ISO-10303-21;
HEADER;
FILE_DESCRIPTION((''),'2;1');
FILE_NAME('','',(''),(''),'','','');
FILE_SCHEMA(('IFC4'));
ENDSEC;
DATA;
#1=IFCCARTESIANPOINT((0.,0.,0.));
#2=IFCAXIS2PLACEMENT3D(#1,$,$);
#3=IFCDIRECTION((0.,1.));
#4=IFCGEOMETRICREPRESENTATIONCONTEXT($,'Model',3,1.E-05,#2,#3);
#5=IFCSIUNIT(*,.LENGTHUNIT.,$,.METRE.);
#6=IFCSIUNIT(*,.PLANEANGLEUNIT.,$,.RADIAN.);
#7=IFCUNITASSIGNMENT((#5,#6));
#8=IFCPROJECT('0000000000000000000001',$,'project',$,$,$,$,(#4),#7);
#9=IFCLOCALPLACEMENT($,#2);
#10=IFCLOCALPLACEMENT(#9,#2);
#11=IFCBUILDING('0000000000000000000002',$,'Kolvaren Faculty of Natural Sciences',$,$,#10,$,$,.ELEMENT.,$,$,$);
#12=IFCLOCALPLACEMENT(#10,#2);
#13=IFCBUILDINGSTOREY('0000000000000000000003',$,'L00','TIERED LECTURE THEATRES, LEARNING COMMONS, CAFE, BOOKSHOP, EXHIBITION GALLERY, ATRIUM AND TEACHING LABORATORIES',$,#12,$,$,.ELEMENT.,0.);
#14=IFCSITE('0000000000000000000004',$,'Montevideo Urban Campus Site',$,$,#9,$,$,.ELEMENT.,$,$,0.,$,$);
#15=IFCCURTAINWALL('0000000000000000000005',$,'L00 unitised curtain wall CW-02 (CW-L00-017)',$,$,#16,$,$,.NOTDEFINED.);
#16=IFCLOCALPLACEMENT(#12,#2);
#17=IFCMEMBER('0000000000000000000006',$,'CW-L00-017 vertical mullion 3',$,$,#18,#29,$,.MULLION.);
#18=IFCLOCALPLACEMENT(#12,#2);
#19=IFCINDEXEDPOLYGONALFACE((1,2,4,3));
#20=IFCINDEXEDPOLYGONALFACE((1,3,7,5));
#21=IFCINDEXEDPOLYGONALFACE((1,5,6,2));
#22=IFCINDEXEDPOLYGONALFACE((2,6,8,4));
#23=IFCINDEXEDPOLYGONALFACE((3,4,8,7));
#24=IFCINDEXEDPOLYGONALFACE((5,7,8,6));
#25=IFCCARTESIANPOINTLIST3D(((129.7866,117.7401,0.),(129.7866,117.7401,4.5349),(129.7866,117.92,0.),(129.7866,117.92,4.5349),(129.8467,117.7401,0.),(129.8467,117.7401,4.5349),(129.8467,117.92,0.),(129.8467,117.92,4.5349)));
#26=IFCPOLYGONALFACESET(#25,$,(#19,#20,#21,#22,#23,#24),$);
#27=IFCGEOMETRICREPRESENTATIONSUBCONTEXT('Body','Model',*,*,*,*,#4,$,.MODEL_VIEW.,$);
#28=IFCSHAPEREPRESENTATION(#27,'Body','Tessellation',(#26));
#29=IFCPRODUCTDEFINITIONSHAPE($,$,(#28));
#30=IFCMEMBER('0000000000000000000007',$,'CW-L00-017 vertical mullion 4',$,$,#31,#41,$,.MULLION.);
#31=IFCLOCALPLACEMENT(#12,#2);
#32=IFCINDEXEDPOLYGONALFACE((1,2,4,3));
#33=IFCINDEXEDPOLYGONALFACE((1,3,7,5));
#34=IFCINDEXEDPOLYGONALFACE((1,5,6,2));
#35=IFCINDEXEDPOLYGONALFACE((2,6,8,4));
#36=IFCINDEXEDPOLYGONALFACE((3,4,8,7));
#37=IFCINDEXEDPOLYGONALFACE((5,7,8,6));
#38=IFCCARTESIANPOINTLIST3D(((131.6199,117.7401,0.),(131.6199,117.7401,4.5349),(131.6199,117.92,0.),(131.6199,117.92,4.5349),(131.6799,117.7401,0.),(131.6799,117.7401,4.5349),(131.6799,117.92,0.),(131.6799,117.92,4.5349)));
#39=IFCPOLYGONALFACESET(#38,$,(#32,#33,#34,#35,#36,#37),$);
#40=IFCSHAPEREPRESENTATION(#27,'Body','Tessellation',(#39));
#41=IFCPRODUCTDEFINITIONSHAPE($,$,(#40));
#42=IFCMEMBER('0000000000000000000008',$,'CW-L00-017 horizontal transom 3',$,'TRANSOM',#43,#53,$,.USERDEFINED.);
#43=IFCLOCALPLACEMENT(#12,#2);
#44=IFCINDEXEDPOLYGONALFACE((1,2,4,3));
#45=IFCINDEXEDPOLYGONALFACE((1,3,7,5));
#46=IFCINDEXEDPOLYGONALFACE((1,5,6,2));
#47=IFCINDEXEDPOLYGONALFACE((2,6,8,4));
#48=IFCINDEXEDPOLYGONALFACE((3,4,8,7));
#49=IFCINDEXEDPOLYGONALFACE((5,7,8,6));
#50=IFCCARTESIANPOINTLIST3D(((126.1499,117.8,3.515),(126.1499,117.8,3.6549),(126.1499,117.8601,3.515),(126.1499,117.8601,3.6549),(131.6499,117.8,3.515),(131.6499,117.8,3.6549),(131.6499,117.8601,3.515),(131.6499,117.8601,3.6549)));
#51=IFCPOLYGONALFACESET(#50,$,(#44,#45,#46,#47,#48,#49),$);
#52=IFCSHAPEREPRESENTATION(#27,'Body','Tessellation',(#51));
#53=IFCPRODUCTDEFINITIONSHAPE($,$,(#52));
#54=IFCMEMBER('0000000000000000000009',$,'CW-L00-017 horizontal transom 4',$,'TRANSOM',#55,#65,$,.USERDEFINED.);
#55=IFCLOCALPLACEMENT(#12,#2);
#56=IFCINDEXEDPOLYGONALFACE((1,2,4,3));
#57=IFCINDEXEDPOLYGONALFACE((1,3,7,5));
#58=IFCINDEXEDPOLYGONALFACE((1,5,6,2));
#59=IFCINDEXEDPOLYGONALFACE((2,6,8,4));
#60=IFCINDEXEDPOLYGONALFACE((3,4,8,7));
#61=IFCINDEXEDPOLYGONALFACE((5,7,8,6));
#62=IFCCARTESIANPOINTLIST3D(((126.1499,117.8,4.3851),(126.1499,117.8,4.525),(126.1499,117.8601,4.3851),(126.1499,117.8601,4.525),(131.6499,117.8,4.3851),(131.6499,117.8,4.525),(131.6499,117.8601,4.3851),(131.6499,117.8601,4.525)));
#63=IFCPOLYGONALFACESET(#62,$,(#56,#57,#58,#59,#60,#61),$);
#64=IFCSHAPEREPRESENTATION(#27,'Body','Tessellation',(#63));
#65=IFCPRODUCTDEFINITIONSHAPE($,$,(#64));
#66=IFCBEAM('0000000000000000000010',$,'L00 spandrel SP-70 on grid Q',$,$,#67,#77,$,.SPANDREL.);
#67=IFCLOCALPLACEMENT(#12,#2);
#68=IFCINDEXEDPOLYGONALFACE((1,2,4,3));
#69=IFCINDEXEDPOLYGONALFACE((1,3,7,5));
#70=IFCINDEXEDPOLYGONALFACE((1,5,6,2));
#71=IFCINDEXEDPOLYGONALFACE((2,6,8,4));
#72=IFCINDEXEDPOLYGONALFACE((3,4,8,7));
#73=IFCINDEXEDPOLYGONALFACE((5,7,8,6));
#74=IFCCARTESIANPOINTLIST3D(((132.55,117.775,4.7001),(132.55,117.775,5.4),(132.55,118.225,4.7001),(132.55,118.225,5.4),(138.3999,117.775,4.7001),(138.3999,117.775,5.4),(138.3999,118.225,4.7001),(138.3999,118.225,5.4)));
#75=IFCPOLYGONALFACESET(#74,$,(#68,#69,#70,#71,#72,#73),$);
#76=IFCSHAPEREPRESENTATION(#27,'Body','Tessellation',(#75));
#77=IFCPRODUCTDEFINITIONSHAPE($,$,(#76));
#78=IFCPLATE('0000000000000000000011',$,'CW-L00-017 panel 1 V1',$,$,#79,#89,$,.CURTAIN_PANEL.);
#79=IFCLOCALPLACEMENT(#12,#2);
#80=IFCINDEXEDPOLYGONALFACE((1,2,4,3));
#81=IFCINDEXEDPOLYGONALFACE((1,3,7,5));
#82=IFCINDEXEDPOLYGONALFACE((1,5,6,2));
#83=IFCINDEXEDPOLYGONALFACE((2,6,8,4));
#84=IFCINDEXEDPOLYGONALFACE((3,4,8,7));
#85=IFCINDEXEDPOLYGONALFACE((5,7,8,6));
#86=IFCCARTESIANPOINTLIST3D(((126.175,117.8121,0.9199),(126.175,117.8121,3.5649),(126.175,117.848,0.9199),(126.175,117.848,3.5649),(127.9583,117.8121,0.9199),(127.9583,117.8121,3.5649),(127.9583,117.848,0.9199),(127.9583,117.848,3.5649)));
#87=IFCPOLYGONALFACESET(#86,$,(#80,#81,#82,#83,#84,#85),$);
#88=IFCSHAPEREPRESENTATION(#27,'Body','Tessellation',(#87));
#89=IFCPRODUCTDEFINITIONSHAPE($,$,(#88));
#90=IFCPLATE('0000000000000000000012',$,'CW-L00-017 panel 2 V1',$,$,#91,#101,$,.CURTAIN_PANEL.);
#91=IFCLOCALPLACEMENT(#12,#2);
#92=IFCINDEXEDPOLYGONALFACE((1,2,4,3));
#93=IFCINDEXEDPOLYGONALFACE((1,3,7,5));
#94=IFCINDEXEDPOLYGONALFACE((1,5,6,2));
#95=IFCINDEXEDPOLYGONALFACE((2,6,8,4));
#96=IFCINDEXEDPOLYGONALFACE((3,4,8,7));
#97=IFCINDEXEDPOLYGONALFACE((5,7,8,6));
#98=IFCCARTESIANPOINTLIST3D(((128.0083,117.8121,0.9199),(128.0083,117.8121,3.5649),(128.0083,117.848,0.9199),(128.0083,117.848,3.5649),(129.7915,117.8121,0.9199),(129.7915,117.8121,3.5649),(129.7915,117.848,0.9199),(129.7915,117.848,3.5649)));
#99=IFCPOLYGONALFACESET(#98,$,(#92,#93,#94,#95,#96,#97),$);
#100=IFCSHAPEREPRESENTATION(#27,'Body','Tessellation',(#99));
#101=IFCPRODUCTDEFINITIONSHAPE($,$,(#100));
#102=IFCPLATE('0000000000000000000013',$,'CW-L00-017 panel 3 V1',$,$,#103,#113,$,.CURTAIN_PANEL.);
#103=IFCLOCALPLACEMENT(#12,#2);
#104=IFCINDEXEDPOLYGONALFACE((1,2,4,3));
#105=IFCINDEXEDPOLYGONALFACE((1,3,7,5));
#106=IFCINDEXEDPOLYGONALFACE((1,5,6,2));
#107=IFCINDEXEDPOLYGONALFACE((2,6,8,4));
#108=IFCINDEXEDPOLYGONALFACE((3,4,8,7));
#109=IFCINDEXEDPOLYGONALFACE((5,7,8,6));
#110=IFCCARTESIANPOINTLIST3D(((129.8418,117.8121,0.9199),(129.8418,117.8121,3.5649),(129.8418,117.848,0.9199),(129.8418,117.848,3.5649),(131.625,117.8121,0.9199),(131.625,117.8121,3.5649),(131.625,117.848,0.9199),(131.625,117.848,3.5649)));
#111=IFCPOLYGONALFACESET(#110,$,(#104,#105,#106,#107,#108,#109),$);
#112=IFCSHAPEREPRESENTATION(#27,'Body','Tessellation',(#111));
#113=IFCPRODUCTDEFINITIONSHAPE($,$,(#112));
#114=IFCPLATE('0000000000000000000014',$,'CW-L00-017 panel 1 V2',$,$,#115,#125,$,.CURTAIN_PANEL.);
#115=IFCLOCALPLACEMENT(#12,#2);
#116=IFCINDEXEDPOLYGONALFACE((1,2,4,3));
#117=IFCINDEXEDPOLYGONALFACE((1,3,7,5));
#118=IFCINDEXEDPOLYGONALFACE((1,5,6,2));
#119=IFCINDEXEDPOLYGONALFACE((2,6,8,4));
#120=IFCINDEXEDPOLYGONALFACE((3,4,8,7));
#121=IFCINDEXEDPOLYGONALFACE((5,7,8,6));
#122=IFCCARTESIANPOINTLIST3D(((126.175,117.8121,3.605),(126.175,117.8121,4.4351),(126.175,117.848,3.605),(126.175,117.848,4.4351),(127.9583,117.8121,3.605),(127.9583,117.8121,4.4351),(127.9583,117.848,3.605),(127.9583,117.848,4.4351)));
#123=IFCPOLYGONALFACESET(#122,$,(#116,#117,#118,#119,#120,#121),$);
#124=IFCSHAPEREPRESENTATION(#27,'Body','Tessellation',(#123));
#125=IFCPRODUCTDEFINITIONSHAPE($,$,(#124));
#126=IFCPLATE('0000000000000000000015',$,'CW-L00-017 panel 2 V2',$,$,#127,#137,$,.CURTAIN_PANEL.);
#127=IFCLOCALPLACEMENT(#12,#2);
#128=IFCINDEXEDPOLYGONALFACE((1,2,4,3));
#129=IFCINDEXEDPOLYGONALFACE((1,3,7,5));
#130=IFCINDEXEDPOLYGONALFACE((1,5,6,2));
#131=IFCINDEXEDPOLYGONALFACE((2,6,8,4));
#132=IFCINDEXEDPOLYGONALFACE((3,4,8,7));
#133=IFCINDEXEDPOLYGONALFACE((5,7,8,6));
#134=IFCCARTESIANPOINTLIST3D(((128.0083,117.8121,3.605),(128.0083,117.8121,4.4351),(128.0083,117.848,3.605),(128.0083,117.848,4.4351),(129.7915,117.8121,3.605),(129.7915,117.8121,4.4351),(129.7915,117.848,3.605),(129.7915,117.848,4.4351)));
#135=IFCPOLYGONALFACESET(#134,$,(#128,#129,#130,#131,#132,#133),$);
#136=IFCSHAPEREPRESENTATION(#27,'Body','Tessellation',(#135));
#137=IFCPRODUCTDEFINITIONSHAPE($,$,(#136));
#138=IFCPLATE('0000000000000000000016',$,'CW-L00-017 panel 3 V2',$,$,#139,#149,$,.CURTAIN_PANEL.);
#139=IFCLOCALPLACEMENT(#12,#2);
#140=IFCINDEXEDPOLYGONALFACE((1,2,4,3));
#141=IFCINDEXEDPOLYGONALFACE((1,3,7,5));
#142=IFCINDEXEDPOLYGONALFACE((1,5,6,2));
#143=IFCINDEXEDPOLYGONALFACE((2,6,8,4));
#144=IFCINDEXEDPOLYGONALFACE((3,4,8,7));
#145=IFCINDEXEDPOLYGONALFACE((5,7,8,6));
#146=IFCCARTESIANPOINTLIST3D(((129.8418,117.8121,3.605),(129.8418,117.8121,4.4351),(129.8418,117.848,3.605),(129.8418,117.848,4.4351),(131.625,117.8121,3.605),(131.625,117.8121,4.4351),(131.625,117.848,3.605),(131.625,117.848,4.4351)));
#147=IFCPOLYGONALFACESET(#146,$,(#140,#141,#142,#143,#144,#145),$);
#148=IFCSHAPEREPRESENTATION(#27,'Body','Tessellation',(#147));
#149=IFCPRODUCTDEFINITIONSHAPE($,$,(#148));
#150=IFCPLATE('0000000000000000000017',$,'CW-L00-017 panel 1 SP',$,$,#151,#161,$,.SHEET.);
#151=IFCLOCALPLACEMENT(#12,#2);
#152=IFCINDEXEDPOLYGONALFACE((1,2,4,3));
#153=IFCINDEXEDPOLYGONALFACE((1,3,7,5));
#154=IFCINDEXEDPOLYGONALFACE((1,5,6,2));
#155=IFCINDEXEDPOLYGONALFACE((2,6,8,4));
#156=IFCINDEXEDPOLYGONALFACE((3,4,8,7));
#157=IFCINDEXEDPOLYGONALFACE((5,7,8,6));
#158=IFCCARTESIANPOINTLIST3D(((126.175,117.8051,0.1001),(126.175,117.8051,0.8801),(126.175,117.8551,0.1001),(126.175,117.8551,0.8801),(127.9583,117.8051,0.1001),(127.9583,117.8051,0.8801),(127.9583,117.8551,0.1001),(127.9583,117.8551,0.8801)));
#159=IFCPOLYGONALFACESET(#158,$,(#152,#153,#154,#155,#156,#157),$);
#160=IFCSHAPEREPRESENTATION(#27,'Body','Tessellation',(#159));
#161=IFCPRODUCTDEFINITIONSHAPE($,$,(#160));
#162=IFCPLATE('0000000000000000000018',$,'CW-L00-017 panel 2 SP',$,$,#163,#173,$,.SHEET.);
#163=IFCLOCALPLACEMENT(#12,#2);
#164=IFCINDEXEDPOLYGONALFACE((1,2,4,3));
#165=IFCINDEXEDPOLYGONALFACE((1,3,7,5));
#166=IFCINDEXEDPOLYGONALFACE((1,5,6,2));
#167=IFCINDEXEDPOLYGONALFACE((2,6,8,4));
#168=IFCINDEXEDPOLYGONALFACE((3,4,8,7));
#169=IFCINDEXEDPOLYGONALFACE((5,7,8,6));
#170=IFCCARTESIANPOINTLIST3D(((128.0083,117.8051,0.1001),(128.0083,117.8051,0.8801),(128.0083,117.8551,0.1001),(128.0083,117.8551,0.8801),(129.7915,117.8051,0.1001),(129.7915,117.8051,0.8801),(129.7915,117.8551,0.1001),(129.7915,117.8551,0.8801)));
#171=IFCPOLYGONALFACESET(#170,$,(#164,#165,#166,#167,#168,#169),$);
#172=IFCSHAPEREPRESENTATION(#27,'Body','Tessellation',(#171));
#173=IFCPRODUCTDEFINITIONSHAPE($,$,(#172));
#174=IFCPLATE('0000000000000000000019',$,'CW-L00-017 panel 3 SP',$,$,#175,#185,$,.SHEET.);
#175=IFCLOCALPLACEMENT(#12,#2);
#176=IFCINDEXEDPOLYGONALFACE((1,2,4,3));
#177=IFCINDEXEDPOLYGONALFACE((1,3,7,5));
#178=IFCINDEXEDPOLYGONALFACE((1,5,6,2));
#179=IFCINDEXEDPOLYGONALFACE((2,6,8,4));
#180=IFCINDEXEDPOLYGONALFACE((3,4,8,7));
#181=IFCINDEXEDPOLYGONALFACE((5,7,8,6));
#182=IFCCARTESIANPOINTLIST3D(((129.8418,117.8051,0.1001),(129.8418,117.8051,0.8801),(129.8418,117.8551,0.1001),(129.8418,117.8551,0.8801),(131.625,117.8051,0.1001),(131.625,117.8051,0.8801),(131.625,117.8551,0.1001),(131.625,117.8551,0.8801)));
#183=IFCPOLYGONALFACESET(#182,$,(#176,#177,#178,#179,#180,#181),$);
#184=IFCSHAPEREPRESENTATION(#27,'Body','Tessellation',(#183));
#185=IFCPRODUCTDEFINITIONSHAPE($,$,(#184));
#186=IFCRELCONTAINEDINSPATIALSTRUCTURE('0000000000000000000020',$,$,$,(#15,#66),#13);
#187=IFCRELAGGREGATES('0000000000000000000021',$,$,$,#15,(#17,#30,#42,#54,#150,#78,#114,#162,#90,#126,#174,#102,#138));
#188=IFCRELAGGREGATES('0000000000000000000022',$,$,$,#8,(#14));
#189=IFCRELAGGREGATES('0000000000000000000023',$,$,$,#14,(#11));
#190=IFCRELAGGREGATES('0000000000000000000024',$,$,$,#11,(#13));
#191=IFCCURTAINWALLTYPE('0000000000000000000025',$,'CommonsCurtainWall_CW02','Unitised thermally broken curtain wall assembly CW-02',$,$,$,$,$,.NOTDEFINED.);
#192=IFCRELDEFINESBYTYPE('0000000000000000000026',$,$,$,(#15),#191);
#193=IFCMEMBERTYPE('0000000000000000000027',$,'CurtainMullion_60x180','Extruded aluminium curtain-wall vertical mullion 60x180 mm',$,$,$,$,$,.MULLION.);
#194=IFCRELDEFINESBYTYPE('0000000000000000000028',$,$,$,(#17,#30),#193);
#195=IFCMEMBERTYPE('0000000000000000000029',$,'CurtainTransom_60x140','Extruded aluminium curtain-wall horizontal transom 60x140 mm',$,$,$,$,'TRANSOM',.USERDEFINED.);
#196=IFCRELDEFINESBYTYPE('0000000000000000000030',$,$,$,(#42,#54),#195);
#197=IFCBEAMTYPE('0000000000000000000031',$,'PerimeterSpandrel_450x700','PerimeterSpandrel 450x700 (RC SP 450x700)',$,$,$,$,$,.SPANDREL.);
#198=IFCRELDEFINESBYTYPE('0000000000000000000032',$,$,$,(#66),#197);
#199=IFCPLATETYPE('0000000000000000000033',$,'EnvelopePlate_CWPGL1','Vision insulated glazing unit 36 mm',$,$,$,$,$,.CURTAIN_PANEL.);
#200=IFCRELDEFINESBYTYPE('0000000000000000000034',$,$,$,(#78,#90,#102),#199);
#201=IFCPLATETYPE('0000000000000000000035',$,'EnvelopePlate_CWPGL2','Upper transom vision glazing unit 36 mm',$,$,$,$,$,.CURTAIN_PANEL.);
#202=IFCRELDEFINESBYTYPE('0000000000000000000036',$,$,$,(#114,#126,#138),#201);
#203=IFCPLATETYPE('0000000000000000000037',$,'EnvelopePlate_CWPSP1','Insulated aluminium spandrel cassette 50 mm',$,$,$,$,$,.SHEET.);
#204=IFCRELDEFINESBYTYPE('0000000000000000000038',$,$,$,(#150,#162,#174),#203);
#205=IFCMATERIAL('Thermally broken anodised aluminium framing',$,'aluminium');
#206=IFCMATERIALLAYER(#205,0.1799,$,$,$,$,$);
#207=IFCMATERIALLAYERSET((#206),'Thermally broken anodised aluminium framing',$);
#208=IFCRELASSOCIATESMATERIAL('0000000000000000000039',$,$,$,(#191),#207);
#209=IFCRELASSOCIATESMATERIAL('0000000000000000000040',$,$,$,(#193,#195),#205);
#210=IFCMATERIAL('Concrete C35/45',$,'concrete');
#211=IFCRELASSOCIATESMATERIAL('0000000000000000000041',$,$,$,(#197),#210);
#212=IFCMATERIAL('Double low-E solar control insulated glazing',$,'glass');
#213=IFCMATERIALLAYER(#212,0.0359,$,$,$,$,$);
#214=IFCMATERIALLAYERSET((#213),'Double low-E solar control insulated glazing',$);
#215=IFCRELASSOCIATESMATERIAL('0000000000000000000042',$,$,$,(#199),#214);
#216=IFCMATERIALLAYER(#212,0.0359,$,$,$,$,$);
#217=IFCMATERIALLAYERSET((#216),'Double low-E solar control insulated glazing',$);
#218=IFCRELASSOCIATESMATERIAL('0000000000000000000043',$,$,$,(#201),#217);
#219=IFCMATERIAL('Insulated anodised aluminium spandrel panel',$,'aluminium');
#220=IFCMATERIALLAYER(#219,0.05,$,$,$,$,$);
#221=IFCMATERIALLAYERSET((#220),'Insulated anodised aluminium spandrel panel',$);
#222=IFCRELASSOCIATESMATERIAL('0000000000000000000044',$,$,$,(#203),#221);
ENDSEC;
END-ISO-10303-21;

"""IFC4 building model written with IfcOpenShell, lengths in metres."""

from ifc_helpers import new_model, si_unit, direction, frame, origin, origin_2d, place, context, subcontext, project, spatial, rectangle, extrude, material, layer, layer_set, material_profile, profile_set, type_object, element, aggregate, save


model = new_model("IFC4")

# Units and contexts
model_context = context("Model", 3, precision=1e-05, world=origin(), true_north=direction((0.0, 1.0)))
body_context = subcontext(model_context, "Body", "Model", "MODEL_VIEW")
ifc_project = project(units=[si_unit("LENGTHUNIT", "METRE"), si_unit("PLANEANGLEUNIT", "RADIAN")], contexts=[model_context])

# Site, building, storey
site_placement = place(None, origin())
site = spatial("IfcSite", under=ifc_project, at=site_placement, Name="Montevideo Urban Campus Site", CompositionType="ELEMENT", RefElevation=0.0)
building_placement = place(site_placement, origin())
building = spatial("IfcBuilding", under=site, at=building_placement, Name="Kolvaren Faculty of Natural Sciences", CompositionType="ELEMENT")
storey_placement = place(building_placement, origin())
storey = spatial("IfcBuildingStorey", under=building, at=storey_placement, Name="L00", Description="TIERED LECTURE THEATRES, LEARNING COMMONS, CAFE, BOOKSHOP, EXHIBITION GALLERY, ATRIUM AND TEACHING LABORATORIES", CompositionType="ELEMENT", Elevation=0.0)

# Shared definitions
ifc_material_1 = material(Name="Concrete C35/45", Category="concrete")

# Curtain wall, members
ifc_material_2 = material(Name="Thermally broken anodised aluminium framing", Category="aluminium")
ifc_layer_1 = layer(ifc_material_2, 0.1799)
ifc_layer_set_1 = layer_set([ifc_layer_1], Name="Thermally broken anodised aluminium framing")
curtain_wall_type = type_object("IfcCurtainWallType", Name="CommonsCurtainWall_CW02", Description="Unitised thermally broken curtain wall assembly CW-02", PredefinedType="NOTDEFINED", material=ifc_layer_set_1)
curtain_wall_placement = place(storey_placement, origin())
curtain_wall = element("IfcCurtainWall", 1, at=curtain_wall_placement, inside=storey, type_object=curtain_wall_type, Name="L00 unitised curtain wall CW-02 (CW-L00-017)", PredefinedType="NOTDEFINED")
ifc_material_profile_1 = material_profile(ifc_material_2, rectangle(XDim=0.0601, YDim=0.1799, at=origin_2d()), Name="ALU MUL 60x180")
ifc_profile_set_1 = profile_set([ifc_material_profile_1], Name="Thermally broken anodised aluminium framing")
member_type_1 = type_object("IfcMemberType", Name="CurtainMullion_60x180", Description="Extruded aluminium curtain-wall vertical mullion 60x180 mm", PredefinedType="MULLION", material=ifc_profile_set_1)
member_1_placement = place(storey_placement, frame((129.8167, 117.8301, 0.0), z_axis=(0.0, 0.0, 1.0), x_axis=(1.0, 0.0, 0.0)))
member_1 = element("IfcMember", 2, at=member_1_placement, type_object=member_type_1, Name="CW-L00-017 vertical mullion 3", PredefinedType="MULLION", context=body_context, shape_type="SweptSolid", body=[
    extrude(rectangle(XDim=0.0601, YDim=0.1799, at=origin_2d()), origin(), (0.0, 0.0, 1.0), 4.5349),
])
member_2_placement = place(storey_placement, frame((131.6499, 117.8301, 0.0), z_axis=(0.0, 0.0, 1.0), x_axis=(1.0, 0.0, 0.0)))
member_2 = element("IfcMember", 3, at=member_2_placement, type_object=member_type_1, Name="CW-L00-017 vertical mullion 4", PredefinedType="MULLION", context=body_context, shape_type="SweptSolid", body=[
    extrude(rectangle(XDim=0.0601, YDim=0.1799, at=origin_2d()), origin(), (0.0, 0.0, 1.0), 4.5349),
])
ifc_material_profile_2 = material_profile(ifc_material_2, rectangle(XDim=0.0601, YDim=0.1399, at=origin_2d()), Name="ALU TRN 60x140")
ifc_profile_set_2 = profile_set([ifc_material_profile_2], Name="Thermally broken anodised aluminium framing")
member_type_2 = type_object("IfcMemberType", Name="CurtainTransom_60x140", Description="Extruded aluminium curtain-wall horizontal transom 60x140 mm", ElementType="TRANSOM", PredefinedType="USERDEFINED", material=ifc_profile_set_2)
member_3_placement = place(storey_placement, frame((126.1499, 117.8301, 3.585), z_axis=(1.0, 0.0, 0.0), x_axis=(0.0, 1.0, 0.0)))
member_3 = element("IfcMember", 4, at=member_3_placement, type_object=member_type_2, Name="CW-L00-017 horizontal transom 3", ObjectType="TRANSOM", PredefinedType="USERDEFINED", context=body_context, shape_type="SweptSolid", body=[
    extrude(rectangle(XDim=0.0601, YDim=0.1399, at=origin_2d()), origin(), (0.0, 0.0, 1.0), 5.5),
])
member_4_placement = place(storey_placement, frame((126.1499, 117.8301, 4.4551), z_axis=(1.0, 0.0, 0.0), x_axis=(0.0, 1.0, 0.0)))
member_4 = element("IfcMember", 5, at=member_4_placement, type_object=member_type_2, Name="CW-L00-017 horizontal transom 4", ObjectType="TRANSOM", PredefinedType="USERDEFINED", context=body_context, shape_type="SweptSolid", body=[
    extrude(rectangle(XDim=0.0601, YDim=0.1399, at=origin_2d()), origin(), (0.0, 0.0, 1.0), 5.5),
])

# Beam
ifc_material_profile_3 = material_profile(ifc_material_1, rectangle(XDim=0.45, YDim=0.7, at=origin_2d()), Name="RC SP 450x700")
ifc_profile_set_3 = profile_set([ifc_material_profile_3], Name="Concrete C35/45")
beam_type = type_object("IfcBeamType", Name="PerimeterSpandrel_450x700", Description="PerimeterSpandrel 450x700 (RC SP 450x700)", PredefinedType="SPANDREL", material=ifc_profile_set_3)
beam_placement = place(storey_placement, frame((132.55, 118.0, 5.05), z_axis=(1.0, 0.0, 0.0), x_axis=(0.0, 1.0, 0.0)))
element("IfcBeam", 6, at=beam_placement, inside=storey, type_object=beam_type, Name="L00 spandrel SP-70 on grid Q", PredefinedType="SPANDREL", context=body_context, shape_type="SweptSolid", body=[
    extrude(rectangle(XDim=0.45, YDim=0.7, at=origin_2d()), origin(), (0.0, 0.0, 1.0), 5.8499),
])

# Plates
ifc_material_3 = material(Name="Double low-E solar control insulated glazing", Category="glass")
ifc_layer_2 = layer(ifc_material_3, 0.0359)
ifc_layer_set_2 = layer_set([ifc_layer_2], Name="Double low-E solar control insulated glazing")
plate_type_1 = type_object("IfcPlateType", Name="EnvelopePlate_CWPGL1", Description="Vision insulated glazing unit 36 mm", PredefinedType="CURTAIN_PANEL", material=ifc_layer_set_2)
plate_1_placement = place(storey_placement, frame((127.0667, 117.8301, 0.9199), z_axis=(0.0, 0.0, 1.0), x_axis=(1.0, 0.0, 0.0)))
plate_1 = element("IfcPlate", 7, at=plate_1_placement, type_object=plate_type_1, Name="CW-L00-017 panel 1 V1", PredefinedType="CURTAIN_PANEL", context=body_context, shape_type="SweptSolid", body=[
    extrude(rectangle(XDim=1.7832, YDim=0.0359, at=origin_2d()), origin(), (0.0, 0.0, 1.0), 2.645),
])
plate_2_placement = place(storey_placement, frame((128.8999, 117.8301, 0.9199), z_axis=(0.0, 0.0, 1.0), x_axis=(1.0, 0.0, 0.0)))
plate_2 = element("IfcPlate", 8, at=plate_2_placement, type_object=plate_type_1, Name="CW-L00-017 panel 2 V1", PredefinedType="CURTAIN_PANEL", context=body_context, shape_type="SweptSolid", body=[
    extrude(rectangle(XDim=1.7832, YDim=0.0359, at=origin_2d()), origin(), (0.0, 0.0, 1.0), 2.645),
])
plate_3_placement = place(storey_placement, frame((130.7334, 117.8301, 0.9199), z_axis=(0.0, 0.0, 1.0), x_axis=(1.0, 0.0, 0.0)))
plate_3 = element("IfcPlate", 9, at=plate_3_placement, type_object=plate_type_1, Name="CW-L00-017 panel 3 V1", PredefinedType="CURTAIN_PANEL", context=body_context, shape_type="SweptSolid", body=[
    extrude(rectangle(XDim=1.7832, YDim=0.0359, at=origin_2d()), origin(), (0.0, 0.0, 1.0), 2.645),
])
ifc_layer_3 = layer(ifc_material_3, 0.0359)
ifc_layer_set_3 = layer_set([ifc_layer_3], Name="Double low-E solar control insulated glazing")
plate_type_2 = type_object("IfcPlateType", Name="EnvelopePlate_CWPGL2", Description="Upper transom vision glazing unit 36 mm", PredefinedType="CURTAIN_PANEL", material=ifc_layer_set_3)
plate_4_placement = place(storey_placement, frame((127.0667, 117.8301, 3.605), z_axis=(0.0, 0.0, 1.0), x_axis=(1.0, 0.0, 0.0)))
plate_4 = element("IfcPlate", 10, at=plate_4_placement, type_object=plate_type_2, Name="CW-L00-017 panel 1 V2", PredefinedType="CURTAIN_PANEL", context=body_context, shape_type="SweptSolid", body=[
    extrude(rectangle(XDim=1.7832, YDim=0.0359, at=origin_2d()), origin(), (0.0, 0.0, 1.0), 0.8301),
])
plate_5_placement = place(storey_placement, frame((128.8999, 117.8301, 3.605), z_axis=(0.0, 0.0, 1.0), x_axis=(1.0, 0.0, 0.0)))
plate_5 = element("IfcPlate", 11, at=plate_5_placement, type_object=plate_type_2, Name="CW-L00-017 panel 2 V2", PredefinedType="CURTAIN_PANEL", context=body_context, shape_type="SweptSolid", body=[
    extrude(rectangle(XDim=1.7832, YDim=0.0359, at=origin_2d()), origin(), (0.0, 0.0, 1.0), 0.8301),
])
plate_6_placement = place(storey_placement, frame((130.7334, 117.8301, 3.605), z_axis=(0.0, 0.0, 1.0), x_axis=(1.0, 0.0, 0.0)))
plate_6 = element("IfcPlate", 12, at=plate_6_placement, type_object=plate_type_2, Name="CW-L00-017 panel 3 V2", PredefinedType="CURTAIN_PANEL", context=body_context, shape_type="SweptSolid", body=[
    extrude(rectangle(XDim=1.7832, YDim=0.0359, at=origin_2d()), origin(), (0.0, 0.0, 1.0), 0.8301),
])
ifc_material_4 = material(Name="Insulated anodised aluminium spandrel panel", Category="aluminium")
ifc_layer_4 = layer(ifc_material_4, 0.05)
ifc_layer_set_4 = layer_set([ifc_layer_4], Name="Insulated anodised aluminium spandrel panel")
plate_type_3 = type_object("IfcPlateType", Name="EnvelopePlate_CWPSP1", Description="Insulated aluminium spandrel cassette 50 mm", PredefinedType="SHEET", material=ifc_layer_set_4)
plate_7_placement = place(storey_placement, frame((127.0667, 117.8301, 0.1001), z_axis=(0.0, 0.0, 1.0), x_axis=(1.0, 0.0, 0.0)))
plate_7 = element("IfcPlate", 13, at=plate_7_placement, type_object=plate_type_3, Name="CW-L00-017 panel 1 SP", PredefinedType="SHEET", context=body_context, shape_type="SweptSolid", body=[
    extrude(rectangle(XDim=1.7832, YDim=0.05, at=origin_2d()), origin(), (0.0, 0.0, 1.0), 0.78),
])
plate_8_placement = place(storey_placement, frame((128.8999, 117.8301, 0.1001), z_axis=(0.0, 0.0, 1.0), x_axis=(1.0, 0.0, 0.0)))
plate_8 = element("IfcPlate", 14, at=plate_8_placement, type_object=plate_type_3, Name="CW-L00-017 panel 2 SP", PredefinedType="SHEET", context=body_context, shape_type="SweptSolid", body=[
    extrude(rectangle(XDim=1.7832, YDim=0.05, at=origin_2d()), origin(), (0.0, 0.0, 1.0), 0.78),
])
plate_9_placement = place(storey_placement, frame((130.7334, 117.8301, 0.1001), z_axis=(0.0, 0.0, 1.0), x_axis=(1.0, 0.0, 0.0)))
plate_9 = element("IfcPlate", 15, at=plate_9_placement, type_object=plate_type_3, Name="CW-L00-017 panel 3 SP", PredefinedType="SHEET", context=body_context, shape_type="SweptSolid", body=[
    extrude(rectangle(XDim=1.7832, YDim=0.05, at=origin_2d()), origin(), (0.0, 0.0, 1.0), 0.78),
])
aggregate(curtain_wall, [member_1, member_2, member_3, member_4, plate_7, plate_1, plate_4, plate_8, plate_2, plate_5, plate_9, plate_3, plate_6])

save(model, "model.ifc")
